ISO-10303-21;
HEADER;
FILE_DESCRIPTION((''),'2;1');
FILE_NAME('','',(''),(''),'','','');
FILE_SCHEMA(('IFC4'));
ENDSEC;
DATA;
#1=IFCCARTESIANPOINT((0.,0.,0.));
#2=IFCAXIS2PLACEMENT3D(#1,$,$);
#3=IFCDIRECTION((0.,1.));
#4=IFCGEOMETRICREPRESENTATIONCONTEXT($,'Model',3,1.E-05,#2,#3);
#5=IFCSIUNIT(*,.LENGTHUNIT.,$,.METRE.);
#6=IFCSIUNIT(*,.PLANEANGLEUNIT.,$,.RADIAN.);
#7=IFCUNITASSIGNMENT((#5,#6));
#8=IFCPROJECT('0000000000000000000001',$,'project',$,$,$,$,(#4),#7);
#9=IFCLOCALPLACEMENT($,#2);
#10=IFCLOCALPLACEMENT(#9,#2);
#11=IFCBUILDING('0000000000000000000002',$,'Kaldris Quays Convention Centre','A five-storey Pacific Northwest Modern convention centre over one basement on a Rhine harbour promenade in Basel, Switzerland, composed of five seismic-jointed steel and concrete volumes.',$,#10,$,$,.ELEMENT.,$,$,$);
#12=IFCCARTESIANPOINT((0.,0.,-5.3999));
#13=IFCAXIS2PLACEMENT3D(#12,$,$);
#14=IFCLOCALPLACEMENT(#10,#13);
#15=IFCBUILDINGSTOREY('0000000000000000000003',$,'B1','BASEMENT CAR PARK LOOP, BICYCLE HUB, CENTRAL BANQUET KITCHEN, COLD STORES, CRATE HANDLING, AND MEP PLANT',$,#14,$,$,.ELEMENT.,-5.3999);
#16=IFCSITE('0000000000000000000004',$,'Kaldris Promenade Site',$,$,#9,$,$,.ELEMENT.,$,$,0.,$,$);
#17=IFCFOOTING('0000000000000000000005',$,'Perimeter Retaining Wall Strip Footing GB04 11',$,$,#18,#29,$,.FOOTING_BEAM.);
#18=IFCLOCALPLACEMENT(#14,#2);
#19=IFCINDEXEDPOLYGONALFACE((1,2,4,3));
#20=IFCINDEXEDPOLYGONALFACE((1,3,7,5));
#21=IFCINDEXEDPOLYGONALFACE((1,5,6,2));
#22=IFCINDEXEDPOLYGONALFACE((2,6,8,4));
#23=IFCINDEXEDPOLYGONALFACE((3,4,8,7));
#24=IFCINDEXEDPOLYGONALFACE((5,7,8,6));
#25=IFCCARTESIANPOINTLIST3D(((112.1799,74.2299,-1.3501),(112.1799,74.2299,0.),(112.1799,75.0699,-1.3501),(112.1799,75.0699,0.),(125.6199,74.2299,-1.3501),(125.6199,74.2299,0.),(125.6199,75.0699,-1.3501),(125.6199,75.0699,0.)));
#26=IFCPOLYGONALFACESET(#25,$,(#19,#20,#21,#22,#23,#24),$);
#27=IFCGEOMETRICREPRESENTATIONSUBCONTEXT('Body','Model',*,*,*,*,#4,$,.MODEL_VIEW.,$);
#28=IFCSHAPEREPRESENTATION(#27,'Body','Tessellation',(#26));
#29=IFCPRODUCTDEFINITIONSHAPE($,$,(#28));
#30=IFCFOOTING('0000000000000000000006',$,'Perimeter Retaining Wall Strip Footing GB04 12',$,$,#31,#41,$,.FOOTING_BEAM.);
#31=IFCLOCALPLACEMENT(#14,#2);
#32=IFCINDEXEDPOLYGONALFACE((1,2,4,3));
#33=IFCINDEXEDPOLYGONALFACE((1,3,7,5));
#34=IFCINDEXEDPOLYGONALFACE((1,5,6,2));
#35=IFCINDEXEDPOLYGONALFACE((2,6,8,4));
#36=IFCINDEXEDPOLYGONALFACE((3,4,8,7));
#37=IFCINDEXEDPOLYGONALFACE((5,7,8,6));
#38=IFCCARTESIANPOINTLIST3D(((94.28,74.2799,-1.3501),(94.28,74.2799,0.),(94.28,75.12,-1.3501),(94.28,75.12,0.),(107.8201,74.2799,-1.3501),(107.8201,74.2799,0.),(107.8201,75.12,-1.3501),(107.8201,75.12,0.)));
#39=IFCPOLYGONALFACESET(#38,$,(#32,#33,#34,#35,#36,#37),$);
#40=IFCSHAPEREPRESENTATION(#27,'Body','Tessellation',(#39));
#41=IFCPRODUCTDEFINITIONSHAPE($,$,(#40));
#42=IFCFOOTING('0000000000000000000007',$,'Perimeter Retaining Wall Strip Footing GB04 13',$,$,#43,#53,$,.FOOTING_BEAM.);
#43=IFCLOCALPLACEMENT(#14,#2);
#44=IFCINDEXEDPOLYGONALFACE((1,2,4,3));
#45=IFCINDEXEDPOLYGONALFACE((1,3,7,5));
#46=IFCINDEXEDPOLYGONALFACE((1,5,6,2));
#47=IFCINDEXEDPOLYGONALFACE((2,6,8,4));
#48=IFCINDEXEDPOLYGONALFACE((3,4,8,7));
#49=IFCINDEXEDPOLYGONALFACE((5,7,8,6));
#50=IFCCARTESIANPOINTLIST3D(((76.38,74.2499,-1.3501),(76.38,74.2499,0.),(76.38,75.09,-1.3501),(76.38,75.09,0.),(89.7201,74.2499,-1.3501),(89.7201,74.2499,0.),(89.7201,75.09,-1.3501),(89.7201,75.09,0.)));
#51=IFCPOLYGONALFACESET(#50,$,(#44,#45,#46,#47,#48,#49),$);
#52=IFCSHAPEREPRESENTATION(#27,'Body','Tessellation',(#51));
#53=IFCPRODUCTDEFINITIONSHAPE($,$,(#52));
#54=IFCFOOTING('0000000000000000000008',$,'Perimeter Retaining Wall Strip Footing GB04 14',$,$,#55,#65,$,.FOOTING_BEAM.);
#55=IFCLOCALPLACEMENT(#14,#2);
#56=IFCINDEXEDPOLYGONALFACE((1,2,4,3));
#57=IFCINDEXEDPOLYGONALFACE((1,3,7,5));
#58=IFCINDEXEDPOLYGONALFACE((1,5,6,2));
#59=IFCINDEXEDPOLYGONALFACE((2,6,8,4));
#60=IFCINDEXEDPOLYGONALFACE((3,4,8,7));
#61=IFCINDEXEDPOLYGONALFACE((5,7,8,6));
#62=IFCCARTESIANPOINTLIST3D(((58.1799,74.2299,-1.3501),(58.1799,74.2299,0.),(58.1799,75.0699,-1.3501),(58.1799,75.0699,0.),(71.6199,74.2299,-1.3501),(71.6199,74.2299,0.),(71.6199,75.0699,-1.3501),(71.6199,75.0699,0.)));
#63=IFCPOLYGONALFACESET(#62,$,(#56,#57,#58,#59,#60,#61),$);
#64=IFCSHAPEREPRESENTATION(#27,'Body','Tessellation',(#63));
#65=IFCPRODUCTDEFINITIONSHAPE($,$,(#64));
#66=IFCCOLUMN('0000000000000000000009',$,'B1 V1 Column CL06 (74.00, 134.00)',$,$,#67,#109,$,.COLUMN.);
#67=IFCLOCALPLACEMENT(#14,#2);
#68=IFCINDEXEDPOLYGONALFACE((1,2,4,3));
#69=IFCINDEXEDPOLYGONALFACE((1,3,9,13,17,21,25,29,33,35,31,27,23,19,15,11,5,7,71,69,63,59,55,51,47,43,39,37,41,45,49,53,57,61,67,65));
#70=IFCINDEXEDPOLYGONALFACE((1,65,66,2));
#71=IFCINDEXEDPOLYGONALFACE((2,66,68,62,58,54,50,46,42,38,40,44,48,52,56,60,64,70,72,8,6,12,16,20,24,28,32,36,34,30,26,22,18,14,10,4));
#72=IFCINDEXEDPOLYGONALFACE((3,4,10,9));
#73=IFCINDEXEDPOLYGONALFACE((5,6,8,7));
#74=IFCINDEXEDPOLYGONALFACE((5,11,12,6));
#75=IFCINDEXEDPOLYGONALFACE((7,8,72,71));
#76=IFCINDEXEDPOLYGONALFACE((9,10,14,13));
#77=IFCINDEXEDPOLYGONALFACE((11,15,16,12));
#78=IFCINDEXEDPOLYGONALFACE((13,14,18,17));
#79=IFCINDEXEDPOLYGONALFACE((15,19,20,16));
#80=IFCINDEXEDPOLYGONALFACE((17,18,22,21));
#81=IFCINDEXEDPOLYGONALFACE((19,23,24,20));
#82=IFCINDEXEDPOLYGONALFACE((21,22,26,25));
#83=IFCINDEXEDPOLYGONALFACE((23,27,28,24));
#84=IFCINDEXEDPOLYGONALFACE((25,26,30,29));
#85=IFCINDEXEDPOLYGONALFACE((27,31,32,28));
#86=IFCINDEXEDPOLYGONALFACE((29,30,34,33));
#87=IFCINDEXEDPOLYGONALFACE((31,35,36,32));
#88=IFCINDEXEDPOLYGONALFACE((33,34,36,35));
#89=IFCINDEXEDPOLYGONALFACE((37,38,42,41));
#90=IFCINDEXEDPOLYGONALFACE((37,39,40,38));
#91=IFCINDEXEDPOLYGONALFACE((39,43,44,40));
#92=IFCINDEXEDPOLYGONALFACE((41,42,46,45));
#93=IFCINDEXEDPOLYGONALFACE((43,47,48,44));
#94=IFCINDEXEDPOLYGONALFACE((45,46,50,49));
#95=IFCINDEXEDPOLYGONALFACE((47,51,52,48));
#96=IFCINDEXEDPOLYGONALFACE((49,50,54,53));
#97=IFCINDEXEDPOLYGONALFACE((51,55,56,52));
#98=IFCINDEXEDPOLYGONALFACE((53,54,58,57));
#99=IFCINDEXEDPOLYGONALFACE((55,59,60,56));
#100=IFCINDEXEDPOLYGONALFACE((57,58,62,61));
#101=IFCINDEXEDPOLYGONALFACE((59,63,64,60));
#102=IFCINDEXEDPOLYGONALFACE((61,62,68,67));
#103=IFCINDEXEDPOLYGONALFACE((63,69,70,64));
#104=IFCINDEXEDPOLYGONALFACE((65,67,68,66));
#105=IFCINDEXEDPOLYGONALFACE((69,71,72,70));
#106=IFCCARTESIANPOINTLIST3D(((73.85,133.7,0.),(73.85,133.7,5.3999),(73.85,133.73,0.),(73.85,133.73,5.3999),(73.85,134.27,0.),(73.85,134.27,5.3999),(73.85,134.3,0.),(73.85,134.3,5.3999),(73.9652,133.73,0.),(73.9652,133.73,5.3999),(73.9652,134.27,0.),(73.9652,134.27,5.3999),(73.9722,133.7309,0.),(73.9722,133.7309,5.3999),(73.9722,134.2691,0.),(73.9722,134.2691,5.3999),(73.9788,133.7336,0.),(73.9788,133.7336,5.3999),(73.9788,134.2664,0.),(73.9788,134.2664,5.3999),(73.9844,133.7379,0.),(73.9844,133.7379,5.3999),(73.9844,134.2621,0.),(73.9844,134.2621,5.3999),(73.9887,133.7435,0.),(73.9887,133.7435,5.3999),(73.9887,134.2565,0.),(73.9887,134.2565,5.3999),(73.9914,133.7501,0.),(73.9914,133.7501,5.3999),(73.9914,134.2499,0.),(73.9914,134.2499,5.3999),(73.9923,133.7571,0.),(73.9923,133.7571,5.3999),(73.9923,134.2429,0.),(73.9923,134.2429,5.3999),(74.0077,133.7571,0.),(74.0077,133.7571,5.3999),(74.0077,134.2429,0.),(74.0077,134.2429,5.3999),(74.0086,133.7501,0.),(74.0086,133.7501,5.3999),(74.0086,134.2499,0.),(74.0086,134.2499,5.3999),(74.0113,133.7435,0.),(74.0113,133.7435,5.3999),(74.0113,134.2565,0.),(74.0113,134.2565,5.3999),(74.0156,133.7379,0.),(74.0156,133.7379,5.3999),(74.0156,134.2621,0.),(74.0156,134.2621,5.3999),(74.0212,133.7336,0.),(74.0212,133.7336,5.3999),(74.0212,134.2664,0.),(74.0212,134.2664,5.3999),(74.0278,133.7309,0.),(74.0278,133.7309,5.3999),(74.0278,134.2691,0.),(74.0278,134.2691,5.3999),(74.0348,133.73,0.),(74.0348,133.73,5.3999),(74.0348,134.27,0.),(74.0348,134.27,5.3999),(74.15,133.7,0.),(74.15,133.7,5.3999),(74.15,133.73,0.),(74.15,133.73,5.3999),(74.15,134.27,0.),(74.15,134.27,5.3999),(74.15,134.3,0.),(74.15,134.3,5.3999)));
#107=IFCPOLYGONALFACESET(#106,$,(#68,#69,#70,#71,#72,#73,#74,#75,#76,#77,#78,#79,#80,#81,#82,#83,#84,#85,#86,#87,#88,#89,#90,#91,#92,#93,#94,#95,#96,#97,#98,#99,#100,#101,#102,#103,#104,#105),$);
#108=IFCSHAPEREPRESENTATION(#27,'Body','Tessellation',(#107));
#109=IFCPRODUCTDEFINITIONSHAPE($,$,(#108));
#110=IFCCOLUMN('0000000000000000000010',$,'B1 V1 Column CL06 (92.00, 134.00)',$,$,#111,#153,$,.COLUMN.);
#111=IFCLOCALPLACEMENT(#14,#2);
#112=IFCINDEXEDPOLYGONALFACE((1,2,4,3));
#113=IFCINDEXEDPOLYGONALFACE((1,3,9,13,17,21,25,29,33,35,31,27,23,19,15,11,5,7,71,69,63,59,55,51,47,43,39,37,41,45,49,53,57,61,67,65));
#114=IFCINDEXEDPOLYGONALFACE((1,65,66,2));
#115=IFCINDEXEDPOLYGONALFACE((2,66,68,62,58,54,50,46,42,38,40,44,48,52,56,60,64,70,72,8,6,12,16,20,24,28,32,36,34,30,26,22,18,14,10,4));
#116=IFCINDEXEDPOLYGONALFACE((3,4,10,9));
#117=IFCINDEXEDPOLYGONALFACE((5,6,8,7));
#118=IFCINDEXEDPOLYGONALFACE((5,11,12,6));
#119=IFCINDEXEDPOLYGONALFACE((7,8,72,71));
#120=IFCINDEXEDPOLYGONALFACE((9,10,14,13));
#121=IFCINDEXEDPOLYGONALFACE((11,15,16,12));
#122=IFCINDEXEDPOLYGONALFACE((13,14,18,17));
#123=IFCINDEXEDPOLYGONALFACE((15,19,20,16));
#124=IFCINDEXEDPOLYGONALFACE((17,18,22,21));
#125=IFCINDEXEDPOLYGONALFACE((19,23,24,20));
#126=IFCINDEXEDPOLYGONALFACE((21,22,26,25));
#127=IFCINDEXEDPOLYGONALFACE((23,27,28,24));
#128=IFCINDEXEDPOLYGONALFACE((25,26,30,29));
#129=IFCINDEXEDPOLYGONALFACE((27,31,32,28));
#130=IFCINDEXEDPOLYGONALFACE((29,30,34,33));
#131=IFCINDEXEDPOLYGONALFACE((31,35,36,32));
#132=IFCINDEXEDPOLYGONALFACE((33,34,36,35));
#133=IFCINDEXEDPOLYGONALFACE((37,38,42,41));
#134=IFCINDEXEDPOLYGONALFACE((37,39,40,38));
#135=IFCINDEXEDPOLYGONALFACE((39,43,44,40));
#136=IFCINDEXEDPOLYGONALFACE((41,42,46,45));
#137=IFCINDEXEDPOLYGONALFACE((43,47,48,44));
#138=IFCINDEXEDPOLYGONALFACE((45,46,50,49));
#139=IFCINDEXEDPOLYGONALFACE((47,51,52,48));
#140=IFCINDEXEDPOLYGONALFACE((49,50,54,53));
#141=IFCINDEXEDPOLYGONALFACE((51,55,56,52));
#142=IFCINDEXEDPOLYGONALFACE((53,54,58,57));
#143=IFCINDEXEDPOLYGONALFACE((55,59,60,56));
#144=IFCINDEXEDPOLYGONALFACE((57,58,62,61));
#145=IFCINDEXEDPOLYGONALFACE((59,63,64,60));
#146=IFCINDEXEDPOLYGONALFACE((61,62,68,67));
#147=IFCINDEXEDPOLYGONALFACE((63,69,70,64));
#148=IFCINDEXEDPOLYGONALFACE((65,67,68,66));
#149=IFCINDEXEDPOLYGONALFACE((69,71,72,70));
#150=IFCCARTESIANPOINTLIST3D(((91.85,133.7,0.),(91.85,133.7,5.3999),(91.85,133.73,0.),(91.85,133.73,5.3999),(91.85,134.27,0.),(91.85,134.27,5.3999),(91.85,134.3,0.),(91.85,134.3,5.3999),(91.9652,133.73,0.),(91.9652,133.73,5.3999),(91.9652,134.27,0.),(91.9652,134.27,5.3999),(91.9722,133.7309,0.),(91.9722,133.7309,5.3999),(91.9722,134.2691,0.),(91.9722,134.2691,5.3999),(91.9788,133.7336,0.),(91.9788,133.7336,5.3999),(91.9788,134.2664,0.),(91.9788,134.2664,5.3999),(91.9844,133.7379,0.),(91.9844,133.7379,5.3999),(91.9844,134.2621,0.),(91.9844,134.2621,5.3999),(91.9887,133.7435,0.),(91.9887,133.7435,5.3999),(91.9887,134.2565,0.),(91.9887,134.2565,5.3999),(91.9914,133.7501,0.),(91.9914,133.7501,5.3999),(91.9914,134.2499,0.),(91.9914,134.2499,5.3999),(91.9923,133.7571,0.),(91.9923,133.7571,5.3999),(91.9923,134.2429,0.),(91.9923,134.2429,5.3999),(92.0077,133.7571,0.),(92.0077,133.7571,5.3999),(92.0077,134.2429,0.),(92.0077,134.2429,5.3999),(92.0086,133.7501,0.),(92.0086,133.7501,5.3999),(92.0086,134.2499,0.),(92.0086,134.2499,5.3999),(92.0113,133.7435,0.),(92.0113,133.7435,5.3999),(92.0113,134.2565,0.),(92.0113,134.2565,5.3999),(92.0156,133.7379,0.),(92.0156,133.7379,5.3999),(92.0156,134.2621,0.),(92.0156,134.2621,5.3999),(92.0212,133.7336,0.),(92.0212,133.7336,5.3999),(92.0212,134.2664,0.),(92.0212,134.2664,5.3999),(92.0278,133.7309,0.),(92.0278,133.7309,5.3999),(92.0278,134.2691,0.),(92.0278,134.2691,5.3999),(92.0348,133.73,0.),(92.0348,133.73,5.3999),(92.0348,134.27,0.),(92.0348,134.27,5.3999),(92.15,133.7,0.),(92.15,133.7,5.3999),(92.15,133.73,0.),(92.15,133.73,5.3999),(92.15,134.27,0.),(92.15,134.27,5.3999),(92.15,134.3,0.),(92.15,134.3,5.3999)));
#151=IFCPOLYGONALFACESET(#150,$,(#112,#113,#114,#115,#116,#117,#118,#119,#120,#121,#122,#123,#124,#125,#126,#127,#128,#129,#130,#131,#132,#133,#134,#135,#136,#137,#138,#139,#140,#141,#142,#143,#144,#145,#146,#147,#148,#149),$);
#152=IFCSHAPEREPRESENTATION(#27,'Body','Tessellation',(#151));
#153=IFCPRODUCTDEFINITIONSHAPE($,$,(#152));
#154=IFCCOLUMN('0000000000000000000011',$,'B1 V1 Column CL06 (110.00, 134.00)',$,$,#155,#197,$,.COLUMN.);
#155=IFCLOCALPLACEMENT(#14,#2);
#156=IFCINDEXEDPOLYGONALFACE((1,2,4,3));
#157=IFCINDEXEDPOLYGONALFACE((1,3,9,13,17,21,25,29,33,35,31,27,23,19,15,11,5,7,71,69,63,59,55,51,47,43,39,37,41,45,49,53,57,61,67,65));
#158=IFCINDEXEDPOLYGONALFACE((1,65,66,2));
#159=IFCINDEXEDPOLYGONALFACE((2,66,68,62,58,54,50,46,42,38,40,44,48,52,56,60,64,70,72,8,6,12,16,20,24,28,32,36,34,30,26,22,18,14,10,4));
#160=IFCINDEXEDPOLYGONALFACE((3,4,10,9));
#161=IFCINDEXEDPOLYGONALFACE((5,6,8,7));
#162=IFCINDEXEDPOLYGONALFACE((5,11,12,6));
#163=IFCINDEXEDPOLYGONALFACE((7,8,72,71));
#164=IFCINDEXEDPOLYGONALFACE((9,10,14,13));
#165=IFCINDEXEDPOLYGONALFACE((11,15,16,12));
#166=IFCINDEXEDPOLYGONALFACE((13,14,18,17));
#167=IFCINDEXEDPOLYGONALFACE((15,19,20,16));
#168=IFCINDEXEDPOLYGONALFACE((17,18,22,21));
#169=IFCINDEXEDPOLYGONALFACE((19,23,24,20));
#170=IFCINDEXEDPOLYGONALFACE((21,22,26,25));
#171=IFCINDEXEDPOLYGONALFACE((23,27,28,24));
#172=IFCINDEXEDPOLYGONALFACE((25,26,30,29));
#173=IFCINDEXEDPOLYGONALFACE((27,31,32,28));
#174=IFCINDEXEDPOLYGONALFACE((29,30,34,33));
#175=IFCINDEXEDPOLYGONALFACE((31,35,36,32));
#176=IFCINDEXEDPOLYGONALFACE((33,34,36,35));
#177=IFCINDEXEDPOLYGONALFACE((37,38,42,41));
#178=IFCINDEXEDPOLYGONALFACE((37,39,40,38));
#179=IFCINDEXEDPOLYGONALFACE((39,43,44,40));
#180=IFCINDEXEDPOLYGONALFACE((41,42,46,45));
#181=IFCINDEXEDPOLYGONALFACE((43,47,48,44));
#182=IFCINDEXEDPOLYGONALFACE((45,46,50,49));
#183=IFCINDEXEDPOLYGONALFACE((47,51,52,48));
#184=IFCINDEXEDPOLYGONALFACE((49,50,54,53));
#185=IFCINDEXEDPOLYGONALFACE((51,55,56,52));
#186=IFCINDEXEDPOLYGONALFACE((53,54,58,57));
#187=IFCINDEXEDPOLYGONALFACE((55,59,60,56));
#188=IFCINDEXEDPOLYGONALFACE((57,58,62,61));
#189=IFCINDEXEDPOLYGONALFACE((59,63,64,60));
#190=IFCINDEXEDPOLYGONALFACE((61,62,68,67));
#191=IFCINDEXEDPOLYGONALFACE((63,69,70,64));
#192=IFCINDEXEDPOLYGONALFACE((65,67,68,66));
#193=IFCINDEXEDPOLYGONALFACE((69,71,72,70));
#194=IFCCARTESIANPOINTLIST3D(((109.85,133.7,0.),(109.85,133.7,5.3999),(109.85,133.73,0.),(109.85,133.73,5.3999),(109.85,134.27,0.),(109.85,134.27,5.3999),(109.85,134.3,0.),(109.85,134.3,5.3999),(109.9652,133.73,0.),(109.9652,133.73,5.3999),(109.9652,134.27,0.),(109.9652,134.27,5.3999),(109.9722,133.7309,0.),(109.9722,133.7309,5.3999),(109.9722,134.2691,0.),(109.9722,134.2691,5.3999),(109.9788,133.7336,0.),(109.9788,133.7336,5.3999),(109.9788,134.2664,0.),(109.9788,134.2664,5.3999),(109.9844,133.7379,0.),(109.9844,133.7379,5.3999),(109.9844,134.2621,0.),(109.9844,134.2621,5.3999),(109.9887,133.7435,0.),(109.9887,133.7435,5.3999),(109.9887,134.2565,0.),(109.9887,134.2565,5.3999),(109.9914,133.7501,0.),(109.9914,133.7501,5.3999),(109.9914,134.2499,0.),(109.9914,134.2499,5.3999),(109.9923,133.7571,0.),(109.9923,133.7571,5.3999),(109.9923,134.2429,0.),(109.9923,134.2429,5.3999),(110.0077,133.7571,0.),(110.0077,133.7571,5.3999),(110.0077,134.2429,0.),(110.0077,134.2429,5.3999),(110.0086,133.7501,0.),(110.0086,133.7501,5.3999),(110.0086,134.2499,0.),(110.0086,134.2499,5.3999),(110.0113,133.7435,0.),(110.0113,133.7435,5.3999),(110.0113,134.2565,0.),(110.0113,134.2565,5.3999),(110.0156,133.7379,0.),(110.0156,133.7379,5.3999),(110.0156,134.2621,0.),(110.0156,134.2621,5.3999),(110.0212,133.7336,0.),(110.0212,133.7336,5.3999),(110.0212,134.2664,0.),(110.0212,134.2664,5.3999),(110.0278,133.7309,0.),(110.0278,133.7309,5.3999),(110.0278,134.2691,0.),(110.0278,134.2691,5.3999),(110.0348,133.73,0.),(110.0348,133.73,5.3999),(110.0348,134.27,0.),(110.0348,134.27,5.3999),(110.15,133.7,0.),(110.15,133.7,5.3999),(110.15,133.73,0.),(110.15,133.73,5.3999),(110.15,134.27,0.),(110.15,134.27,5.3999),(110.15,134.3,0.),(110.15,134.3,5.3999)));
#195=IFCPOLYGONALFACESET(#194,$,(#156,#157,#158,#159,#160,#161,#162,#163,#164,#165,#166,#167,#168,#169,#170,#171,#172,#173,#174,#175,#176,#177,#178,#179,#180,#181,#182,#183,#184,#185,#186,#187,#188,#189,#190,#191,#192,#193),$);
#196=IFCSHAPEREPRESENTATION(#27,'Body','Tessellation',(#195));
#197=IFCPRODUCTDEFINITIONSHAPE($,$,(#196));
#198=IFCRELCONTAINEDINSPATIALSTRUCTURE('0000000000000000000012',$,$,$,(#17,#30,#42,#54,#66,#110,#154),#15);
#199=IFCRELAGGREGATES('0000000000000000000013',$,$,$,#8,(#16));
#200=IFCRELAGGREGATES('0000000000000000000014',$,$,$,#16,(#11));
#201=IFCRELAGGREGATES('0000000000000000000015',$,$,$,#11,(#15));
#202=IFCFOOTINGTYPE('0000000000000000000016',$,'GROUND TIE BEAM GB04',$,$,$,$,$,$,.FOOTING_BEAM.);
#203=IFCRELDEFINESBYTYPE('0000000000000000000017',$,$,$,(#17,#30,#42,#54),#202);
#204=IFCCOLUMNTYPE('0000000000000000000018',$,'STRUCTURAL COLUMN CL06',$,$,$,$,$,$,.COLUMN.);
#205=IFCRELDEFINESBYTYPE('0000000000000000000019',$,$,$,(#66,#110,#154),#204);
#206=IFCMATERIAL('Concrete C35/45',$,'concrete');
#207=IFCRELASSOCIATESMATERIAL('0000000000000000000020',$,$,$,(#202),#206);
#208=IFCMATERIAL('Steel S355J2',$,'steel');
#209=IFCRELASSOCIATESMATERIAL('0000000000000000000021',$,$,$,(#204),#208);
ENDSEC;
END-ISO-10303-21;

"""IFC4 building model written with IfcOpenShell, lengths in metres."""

from ifc_helpers import new_model, si_unit, direction, frame, origin, origin_2d, place, context, subcontext, project, spatial, rectangle, i_section, extrude, material, material_profile, profile_set, type_object, element, save


model = new_model("IFC4")

# Units and contexts
model_context = context("Model", 3, precision=1e-05, world=origin(), true_north=direction((0.0, 1.0)))
body_context = subcontext(model_context, "Body", "Model", "MODEL_VIEW")
ifc_project = project(units=[si_unit("LENGTHUNIT", "METRE"), si_unit("PLANEANGLEUNIT", "RADIAN")], contexts=[model_context])

# Site, building, storey
site_placement = place(None, origin())
site = spatial("IfcSite", under=ifc_project, at=site_placement, Name="Kaldris Promenade Site", CompositionType="ELEMENT", RefElevation=0.0)
building_placement = place(site_placement, origin())
building = spatial("IfcBuilding", under=site, at=building_placement, Name="Kaldris Quays Convention Centre", Description="A five-storey Pacific Northwest Modern convention centre over one basement on a Rhine harbour promenade in Basel, Switzerland, composed of five seismic-jointed steel and concrete volumes.", CompositionType="ELEMENT")
storey_placement = place(building_placement, frame((0.0, 0.0, -5.3999)))
storey = spatial("IfcBuildingStorey", under=building, at=storey_placement, Name="B1", Description="BASEMENT CAR PARK LOOP, BICYCLE HUB, CENTRAL BANQUET KITCHEN, COLD STORES, CRATE HANDLING, AND MEP PLANT", CompositionType="ELEMENT", Elevation=-5.3999)

# Shared definitions
ifc_material_1 = material(Name="Concrete C35/45", Category="concrete")

# Footings
footing_type_1 = type_object("IfcFootingType", Name="GROUND TIE BEAM GB04", PredefinedType="FOOTING_BEAM", material=ifc_material_1)
footing_1_placement = place(storey_placement, frame((118.8999, 74.6499, -1.3501), z_axis=(0.0, 0.0, 1.0), x_axis=(1.0, 0.0, 0.0)))
element("IfcFooting", 1, at=footing_1_placement, inside=storey, type_object=footing_type_1, Name="Perimeter Retaining Wall Strip Footing GB04 11", PredefinedType="FOOTING_BEAM", context=body_context, shape_type="SweptSolid", body=[
    extrude(rectangle(XDim=13.4399, YDim=0.8401, at=origin_2d()), origin(), (0.0, 0.0, 1.0), 1.3501),
])
footing_2_placement = place(storey_placement, frame((101.05, 74.7, -1.3501), z_axis=(0.0, 0.0, 1.0), x_axis=(1.0, 0.0, 0.0)))
element("IfcFooting", 2, at=footing_2_placement, inside=storey, type_object=footing_type_1, Name="Perimeter Retaining Wall Strip Footing GB04 12", PredefinedType="FOOTING_BEAM", context=body_context, shape_type="SweptSolid", body=[
    extrude(rectangle(XDim=13.54, YDim=0.8401, at=origin_2d()), origin(), (0.0, 0.0, 1.0), 1.3501),
])
footing_3_placement = place(storey_placement, frame((83.05, 74.6699, -1.3501), z_axis=(0.0, 0.0, 1.0), x_axis=(1.0, 0.0, 0.0)))
element("IfcFooting", 3, at=footing_3_placement, inside=storey, type_object=footing_type_1, Name="Perimeter Retaining Wall Strip Footing GB04 13", PredefinedType="FOOTING_BEAM", context=body_context, shape_type="SweptSolid", body=[
    extrude(rectangle(XDim=13.3401, YDim=0.8401, at=origin_2d()), origin(), (0.0, 0.0, 1.0), 1.3501),
])
footing_4_placement = place(storey_placement, frame((64.8999, 74.6499, -1.3501), z_axis=(0.0, 0.0, 1.0), x_axis=(1.0, 0.0, 0.0)))
element("IfcFooting", 4, at=footing_4_placement, inside=storey, type_object=footing_type_1, Name="Perimeter Retaining Wall Strip Footing GB04 14", PredefinedType="FOOTING_BEAM", context=body_context, shape_type="SweptSolid", body=[
    extrude(rectangle(XDim=13.4399, YDim=0.8401, at=origin_2d()), origin(), (0.0, 0.0, 1.0), 1.3501),
])

# Columns
ifc_material_2 = material(Name="Steel S355J2", Category="steel")
ifc_material_profile_1 = material_profile(ifc_material_2, i_section(OverallWidth=0.3, OverallDepth=0.6001, WebThickness=0.0154, FlangeThickness=0.03, FilletRadius=0.0271, at=origin_2d()), Name="HEB 600")
ifc_profile_set_1 = profile_set([ifc_material_profile_1], Name="Steel S355J2")
column_type = type_object("IfcColumnType", Name="STRUCTURAL COLUMN CL06", PredefinedType="COLUMN", material=ifc_profile_set_1)
for number, where, z_axis, x_axis, name in (
    (5, (74.0, 134.0, 0.0), (0.0, 0.0, 1.0), (1.0, 0.0, 0.0), "B1 V1 Column CL06 (74.00, 134.00)"),
    (6, (92.0, 134.0, 0.0), (0.0, 0.0, 1.0), (1.0, 0.0, 0.0), "B1 V1 Column CL06 (92.00, 134.00)"),
    (7, (110.0, 134.0, 0.0), (0.0, 0.0, 1.0), (1.0, 0.0, 0.0), "B1 V1 Column CL06 (110.00, 134.00)"),
):
    element("IfcColumn", number, at=place(storey_placement, frame(where, z_axis=z_axis, x_axis=x_axis)), inside=storey, type_object=column_type, Name=name, PredefinedType="COLUMN", context=body_context, shape_type="SweptSolid", body=[
        extrude(i_section(OverallWidth=0.3, OverallDepth=0.6001, WebThickness=0.0154, FlangeThickness=0.03, FilletRadius=0.0271, at=origin_2d()), origin(), (0.0, 0.0, 1.0), 5.3999),
    ])

save(model, "model.ifc")
